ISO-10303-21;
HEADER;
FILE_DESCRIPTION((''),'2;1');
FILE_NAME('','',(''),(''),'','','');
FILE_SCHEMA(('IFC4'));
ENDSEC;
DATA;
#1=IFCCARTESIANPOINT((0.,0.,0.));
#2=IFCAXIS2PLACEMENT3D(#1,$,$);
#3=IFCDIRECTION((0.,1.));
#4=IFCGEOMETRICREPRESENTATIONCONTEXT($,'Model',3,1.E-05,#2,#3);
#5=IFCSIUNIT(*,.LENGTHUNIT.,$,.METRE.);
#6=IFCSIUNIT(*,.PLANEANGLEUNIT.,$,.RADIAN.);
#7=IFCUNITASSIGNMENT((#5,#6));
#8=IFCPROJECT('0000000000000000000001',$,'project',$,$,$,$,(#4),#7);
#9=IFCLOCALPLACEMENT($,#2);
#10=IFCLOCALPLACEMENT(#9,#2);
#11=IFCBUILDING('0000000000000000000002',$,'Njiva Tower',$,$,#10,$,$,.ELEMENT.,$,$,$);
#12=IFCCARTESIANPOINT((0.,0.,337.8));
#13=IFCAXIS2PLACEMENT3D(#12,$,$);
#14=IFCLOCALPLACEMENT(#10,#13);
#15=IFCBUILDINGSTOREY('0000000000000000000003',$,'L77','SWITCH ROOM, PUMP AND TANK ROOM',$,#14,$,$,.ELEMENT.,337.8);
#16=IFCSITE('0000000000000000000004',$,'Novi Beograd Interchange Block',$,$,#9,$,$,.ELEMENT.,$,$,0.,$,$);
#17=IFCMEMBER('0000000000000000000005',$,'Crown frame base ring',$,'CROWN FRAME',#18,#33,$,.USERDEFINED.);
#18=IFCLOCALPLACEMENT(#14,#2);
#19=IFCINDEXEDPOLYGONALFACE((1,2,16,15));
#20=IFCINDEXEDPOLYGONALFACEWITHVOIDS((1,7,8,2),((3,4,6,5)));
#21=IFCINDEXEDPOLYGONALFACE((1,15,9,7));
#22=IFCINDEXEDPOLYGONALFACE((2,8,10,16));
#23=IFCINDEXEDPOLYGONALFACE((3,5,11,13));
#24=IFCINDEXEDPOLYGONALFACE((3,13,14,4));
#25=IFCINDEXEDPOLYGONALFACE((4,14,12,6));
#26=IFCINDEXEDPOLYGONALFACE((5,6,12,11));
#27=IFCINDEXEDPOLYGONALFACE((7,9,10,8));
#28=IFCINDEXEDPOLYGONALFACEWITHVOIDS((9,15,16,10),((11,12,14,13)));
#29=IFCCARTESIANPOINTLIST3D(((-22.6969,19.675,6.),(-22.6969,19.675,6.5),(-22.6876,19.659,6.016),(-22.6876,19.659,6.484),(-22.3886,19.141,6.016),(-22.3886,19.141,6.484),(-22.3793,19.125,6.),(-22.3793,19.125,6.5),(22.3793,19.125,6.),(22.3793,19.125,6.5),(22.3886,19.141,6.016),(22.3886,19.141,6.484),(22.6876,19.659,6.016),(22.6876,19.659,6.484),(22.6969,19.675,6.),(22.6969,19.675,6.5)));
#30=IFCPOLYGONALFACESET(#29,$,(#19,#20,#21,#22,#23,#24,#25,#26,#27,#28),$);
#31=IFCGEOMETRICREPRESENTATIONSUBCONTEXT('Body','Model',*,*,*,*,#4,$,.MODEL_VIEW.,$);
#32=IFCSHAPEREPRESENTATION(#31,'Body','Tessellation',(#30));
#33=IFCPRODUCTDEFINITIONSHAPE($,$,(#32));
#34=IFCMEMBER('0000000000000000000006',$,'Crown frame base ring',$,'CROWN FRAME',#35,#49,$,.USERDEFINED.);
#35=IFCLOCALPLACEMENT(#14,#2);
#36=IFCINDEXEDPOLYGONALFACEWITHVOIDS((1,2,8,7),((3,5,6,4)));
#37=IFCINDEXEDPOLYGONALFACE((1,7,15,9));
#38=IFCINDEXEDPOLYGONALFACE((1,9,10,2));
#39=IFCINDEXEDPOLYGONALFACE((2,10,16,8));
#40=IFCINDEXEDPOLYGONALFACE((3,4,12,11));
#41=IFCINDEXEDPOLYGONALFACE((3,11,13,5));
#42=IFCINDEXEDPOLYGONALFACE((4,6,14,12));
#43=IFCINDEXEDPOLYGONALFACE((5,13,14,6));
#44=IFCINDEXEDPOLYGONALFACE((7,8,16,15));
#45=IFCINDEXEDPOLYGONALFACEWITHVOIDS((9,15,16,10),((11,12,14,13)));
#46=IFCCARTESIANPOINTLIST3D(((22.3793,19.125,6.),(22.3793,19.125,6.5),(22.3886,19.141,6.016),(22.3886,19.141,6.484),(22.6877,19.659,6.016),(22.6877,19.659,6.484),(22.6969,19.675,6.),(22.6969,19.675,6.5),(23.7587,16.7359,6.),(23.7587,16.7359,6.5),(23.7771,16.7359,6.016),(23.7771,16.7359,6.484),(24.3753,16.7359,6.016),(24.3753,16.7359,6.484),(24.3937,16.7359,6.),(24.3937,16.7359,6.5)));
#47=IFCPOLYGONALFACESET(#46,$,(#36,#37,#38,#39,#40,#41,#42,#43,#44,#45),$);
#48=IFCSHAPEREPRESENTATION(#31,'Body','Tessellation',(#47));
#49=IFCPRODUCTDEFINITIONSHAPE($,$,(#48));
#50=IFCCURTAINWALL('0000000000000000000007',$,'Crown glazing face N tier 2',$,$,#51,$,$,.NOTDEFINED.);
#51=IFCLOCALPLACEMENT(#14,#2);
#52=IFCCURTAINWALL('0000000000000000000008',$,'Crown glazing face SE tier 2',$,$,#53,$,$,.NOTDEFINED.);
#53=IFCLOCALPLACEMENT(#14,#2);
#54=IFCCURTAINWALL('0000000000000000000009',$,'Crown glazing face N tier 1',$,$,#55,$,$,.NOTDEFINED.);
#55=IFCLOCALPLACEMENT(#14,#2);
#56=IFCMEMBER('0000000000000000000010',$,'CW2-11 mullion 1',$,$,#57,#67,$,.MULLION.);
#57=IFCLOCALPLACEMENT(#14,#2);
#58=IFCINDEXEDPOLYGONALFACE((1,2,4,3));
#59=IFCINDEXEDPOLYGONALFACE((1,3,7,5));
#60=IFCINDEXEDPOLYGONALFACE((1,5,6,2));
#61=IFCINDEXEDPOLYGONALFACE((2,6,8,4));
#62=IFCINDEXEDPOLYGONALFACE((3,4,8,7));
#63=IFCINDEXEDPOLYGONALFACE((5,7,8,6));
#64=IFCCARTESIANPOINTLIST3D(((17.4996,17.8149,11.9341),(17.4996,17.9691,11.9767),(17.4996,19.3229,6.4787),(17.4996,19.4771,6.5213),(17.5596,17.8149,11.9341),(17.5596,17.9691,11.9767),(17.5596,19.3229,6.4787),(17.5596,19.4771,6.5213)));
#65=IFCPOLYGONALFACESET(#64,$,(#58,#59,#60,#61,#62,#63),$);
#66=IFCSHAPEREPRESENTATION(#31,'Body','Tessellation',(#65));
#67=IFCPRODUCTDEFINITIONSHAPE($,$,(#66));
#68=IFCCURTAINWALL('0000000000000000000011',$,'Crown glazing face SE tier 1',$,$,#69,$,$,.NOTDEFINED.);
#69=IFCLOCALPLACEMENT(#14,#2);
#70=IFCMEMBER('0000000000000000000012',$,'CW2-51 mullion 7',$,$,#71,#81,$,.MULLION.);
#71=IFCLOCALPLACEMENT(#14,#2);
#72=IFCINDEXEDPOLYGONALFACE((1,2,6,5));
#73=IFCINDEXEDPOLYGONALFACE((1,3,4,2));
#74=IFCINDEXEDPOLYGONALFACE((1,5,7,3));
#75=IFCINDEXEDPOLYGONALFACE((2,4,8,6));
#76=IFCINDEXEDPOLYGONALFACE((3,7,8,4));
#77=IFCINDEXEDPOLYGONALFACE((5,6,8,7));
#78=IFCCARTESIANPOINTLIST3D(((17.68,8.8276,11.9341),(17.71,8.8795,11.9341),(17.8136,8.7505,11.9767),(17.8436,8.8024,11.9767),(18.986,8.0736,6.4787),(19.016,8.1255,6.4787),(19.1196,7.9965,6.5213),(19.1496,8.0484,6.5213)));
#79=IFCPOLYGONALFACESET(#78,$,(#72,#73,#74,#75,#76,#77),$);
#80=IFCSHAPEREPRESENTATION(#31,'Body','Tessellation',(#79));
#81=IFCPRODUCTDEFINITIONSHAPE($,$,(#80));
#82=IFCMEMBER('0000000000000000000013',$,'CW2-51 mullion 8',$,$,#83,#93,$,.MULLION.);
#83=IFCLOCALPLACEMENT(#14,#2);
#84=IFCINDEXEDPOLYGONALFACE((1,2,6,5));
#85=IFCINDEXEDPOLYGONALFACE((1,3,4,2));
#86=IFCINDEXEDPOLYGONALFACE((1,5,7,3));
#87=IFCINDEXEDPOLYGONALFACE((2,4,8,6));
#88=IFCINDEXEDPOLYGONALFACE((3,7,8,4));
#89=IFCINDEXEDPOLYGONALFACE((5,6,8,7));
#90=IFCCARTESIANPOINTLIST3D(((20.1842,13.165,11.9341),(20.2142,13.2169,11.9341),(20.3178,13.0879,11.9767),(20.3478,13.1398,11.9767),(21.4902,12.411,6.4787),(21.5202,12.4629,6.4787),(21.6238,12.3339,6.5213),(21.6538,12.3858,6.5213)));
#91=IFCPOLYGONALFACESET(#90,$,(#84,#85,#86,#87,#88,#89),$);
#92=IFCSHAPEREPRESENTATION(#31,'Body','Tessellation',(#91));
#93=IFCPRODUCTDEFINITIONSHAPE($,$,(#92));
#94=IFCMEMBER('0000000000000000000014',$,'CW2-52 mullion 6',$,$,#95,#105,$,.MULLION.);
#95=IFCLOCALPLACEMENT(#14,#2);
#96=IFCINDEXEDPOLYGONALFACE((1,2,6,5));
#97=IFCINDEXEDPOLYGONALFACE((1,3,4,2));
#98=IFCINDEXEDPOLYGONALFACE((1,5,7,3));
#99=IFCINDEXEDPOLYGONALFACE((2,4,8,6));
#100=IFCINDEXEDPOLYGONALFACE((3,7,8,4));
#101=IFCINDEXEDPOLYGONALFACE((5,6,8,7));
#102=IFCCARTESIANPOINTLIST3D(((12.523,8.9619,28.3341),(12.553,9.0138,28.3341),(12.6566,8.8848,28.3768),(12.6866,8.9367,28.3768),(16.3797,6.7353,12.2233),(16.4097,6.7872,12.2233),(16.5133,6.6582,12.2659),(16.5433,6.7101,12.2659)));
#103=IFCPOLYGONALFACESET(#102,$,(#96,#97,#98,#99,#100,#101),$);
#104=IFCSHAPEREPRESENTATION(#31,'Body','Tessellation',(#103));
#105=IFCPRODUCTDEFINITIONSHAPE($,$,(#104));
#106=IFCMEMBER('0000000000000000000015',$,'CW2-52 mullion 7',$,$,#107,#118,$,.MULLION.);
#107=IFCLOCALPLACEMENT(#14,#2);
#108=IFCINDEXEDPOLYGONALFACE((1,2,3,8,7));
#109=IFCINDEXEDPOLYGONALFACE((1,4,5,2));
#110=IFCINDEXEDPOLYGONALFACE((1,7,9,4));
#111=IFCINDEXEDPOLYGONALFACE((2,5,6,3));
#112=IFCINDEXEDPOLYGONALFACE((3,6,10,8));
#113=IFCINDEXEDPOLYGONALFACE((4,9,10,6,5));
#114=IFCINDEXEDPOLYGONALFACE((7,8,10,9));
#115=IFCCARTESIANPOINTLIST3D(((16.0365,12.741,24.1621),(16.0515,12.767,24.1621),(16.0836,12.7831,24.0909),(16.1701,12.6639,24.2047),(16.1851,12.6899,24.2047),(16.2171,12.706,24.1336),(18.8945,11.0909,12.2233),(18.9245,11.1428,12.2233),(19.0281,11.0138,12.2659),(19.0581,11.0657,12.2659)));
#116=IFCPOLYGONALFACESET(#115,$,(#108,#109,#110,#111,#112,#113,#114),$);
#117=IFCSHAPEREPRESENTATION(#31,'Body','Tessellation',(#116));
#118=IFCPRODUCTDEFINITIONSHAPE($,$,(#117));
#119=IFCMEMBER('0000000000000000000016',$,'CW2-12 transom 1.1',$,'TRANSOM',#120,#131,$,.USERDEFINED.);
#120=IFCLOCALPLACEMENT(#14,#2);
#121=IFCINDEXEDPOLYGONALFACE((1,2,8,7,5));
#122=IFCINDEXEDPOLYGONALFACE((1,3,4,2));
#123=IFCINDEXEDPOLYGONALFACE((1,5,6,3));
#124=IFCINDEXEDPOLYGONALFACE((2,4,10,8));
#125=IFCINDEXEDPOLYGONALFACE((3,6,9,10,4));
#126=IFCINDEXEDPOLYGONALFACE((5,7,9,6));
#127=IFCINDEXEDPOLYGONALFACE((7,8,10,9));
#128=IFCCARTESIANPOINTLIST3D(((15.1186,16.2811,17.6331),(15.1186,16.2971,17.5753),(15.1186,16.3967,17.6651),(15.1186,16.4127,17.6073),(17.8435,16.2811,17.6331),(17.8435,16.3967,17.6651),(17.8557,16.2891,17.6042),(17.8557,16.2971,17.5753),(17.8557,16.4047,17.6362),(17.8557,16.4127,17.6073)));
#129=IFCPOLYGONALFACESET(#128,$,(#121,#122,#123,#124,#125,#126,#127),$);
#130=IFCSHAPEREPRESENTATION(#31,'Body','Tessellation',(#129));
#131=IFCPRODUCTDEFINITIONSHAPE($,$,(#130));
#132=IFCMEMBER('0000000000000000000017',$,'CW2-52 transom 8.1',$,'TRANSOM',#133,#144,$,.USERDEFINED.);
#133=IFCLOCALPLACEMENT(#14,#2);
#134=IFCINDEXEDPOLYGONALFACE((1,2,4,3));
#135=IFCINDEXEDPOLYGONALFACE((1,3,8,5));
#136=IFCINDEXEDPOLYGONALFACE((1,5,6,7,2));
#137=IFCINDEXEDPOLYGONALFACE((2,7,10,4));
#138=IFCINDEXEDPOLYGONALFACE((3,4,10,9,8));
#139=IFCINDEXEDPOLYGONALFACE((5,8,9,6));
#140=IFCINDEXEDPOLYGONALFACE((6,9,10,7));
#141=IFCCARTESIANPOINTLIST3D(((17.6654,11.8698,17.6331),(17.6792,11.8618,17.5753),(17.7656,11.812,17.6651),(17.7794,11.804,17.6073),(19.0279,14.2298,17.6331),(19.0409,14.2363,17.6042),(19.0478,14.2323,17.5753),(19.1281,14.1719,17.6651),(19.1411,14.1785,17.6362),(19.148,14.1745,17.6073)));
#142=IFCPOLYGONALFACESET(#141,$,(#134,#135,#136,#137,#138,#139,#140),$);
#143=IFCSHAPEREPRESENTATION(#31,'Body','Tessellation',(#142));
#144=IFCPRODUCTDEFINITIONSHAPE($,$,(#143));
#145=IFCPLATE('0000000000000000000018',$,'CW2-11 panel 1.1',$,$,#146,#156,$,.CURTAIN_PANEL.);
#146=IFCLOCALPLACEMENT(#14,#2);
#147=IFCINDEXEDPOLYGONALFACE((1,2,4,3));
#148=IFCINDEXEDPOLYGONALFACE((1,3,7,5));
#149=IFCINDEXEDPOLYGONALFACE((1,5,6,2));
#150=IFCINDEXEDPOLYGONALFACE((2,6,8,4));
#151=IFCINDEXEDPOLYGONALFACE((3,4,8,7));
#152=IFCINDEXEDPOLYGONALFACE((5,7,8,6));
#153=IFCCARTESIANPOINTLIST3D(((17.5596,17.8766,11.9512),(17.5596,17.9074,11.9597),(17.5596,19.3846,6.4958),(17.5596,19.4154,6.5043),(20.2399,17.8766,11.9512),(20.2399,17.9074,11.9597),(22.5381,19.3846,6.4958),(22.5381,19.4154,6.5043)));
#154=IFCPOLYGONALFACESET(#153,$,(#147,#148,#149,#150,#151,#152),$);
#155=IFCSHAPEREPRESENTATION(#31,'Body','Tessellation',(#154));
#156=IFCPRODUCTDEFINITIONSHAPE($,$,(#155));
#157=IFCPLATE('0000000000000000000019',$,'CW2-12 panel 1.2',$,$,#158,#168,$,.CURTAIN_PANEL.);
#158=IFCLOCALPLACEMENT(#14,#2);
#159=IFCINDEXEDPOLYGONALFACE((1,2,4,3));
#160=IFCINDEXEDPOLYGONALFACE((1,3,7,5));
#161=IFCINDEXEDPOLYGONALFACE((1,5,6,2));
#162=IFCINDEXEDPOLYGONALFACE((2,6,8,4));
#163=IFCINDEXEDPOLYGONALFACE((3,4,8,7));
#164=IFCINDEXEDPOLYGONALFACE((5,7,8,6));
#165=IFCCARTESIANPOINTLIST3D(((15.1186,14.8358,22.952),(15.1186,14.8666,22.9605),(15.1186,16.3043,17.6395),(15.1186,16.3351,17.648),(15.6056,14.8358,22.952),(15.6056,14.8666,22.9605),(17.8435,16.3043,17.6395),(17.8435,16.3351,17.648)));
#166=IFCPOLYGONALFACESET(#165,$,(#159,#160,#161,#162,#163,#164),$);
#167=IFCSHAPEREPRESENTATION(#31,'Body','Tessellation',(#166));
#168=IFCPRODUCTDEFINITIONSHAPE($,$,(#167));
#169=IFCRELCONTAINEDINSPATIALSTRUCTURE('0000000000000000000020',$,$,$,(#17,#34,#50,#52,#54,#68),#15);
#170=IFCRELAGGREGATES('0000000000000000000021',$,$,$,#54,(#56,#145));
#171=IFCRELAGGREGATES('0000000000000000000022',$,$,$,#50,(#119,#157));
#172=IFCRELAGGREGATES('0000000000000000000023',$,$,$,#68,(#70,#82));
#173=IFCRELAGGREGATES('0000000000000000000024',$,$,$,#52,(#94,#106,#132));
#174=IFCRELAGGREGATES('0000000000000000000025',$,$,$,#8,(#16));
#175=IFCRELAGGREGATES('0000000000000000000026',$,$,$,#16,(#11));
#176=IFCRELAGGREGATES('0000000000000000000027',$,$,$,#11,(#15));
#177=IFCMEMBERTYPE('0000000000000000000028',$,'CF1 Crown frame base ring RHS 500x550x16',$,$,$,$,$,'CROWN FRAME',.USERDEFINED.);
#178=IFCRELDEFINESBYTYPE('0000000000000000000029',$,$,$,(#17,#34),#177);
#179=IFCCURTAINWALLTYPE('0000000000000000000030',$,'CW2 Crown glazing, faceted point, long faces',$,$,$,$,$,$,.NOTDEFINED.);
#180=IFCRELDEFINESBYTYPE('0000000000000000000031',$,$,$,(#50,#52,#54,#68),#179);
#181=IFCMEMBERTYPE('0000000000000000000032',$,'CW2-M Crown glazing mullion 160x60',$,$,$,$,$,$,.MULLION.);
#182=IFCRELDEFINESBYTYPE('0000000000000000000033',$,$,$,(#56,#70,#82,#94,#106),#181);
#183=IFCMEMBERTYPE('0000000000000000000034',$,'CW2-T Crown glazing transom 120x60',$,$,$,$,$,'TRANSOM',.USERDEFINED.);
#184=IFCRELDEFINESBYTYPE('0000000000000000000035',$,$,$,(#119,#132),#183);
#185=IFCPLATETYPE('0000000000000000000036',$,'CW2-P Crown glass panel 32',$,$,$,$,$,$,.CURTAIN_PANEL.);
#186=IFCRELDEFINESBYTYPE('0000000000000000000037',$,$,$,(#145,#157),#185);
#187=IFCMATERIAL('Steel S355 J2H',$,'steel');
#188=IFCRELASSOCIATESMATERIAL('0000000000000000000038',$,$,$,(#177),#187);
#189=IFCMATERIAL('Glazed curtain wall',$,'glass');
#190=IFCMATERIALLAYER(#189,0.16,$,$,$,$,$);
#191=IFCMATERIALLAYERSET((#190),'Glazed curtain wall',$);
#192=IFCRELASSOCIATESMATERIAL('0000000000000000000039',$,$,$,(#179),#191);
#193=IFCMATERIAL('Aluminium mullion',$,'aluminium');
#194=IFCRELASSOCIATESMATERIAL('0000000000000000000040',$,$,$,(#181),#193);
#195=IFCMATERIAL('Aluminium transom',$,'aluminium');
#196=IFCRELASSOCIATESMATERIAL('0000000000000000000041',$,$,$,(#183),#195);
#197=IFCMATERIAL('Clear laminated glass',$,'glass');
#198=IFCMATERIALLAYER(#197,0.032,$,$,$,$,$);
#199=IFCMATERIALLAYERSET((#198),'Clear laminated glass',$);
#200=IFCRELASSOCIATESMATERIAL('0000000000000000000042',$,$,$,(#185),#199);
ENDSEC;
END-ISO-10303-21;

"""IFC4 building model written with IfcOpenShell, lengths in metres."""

from ifc_helpers import new_model, si_unit, direction, frame, origin, origin_2d, place, context, subcontext, project, spatial, polyline, rectangle, hollow_rectangle, outline, extrude, clip, halfspace, material, layer, layer_set, material_profile, profile_set, type_object, element, aggregate, save


model = new_model("IFC4")

# Units and contexts
model_context = context("Model", 3, precision=1e-05, world=origin(), true_north=direction((0.0, 1.0)))
body_context = subcontext(model_context, "Body", "Model", "MODEL_VIEW")
ifc_project = project(units=[si_unit("LENGTHUNIT", "METRE"), si_unit("PLANEANGLEUNIT", "RADIAN")], contexts=[model_context])

# Site, building, storey
site_placement = place(None, origin())
site = spatial("IfcSite", under=ifc_project, at=site_placement, Name="Novi Beograd Interchange Block", CompositionType="ELEMENT", RefElevation=0.0)
building_placement = place(site_placement, origin())
building = spatial("IfcBuilding", under=site, at=building_placement, Name="Njiva Tower", CompositionType="ELEMENT")
storey_placement = place(building_placement, frame((0.0, 0.0, 337.8)))
storey = spatial("IfcBuildingStorey", under=building, at=storey_placement, Name="L77", Description="SWITCH ROOM, PUMP AND TANK ROOM", CompositionType="ELEMENT", Elevation=337.8)

# Members
ifc_material_1 = material(Name="Steel S355 J2H", Category="steel")
ifc_material_profile_1 = material_profile(ifc_material_1, hollow_rectangle(XDim=0.55, YDim=0.5, WallThickness=0.016, at=origin_2d()), Name="BOX 500x550x16")
ifc_profile_set_1 = profile_set([ifc_material_profile_1], Name="Steel S355 J2H")
member_type_1 = type_object("IfcMemberType", Name="CF1 Crown frame base ring RHS 500x550x16", ElementType="CROWN FRAME", PredefinedType="USERDEFINED", material=ifc_profile_set_1)
member_1_placement = place(storey_placement, frame((23.1381, 19.4, 6.25), z_axis=(-1.0, 0.0, 0.0), x_axis=(0.0, -1.0, 0.0)))
element("IfcMember", 1, at=member_1_placement, inside=storey, type_object=member_type_1, Name="Crown frame base ring", ObjectType="CROWN FRAME", PredefinedType="USERDEFINED", context=body_context, shape_type="Clipping", body=[
    clip(clip(extrude(hollow_rectangle(XDim=0.55, YDim=0.5, WallThickness=0.016, at=origin_2d()), origin(), (0.0, 0.0, 1.0), 46.2762), halfspace(frame((0.0, 0.0, 0.6), z_axis=(0.5, 0.0, -0.866025), x_axis=(0.0, -1.0, 0.0)), False)), halfspace(frame((0.0, 0.0, 45.6762), z_axis=(0.5, 0.0, 0.866025), x_axis=(0.0, 1.0, 0.0)), False)),
])
member_2_placement = place(storey_placement, frame((24.3762, 16.2163, 6.25), z_axis=(-0.499995, 0.866028, 0.0), x_axis=(-0.866028, -0.499995, 0.0)))
element("IfcMember", 2, at=member_2_placement, inside=storey, type_object=member_type_1, Name="Crown frame base ring", ObjectType="CROWN FRAME", PredefinedType="USERDEFINED", context=body_context, shape_type="Clipping", body=[
    clip(clip(extrude(hollow_rectangle(XDim=0.55, YDim=0.5, WallThickness=0.016, at=origin_2d()), origin(), (0.0, 0.0, 1.0), 4.2762), halfspace(frame((0.0, 0.0, 0.6), z_axis=(0.499995, 0.0, -0.866028), x_axis=(0.0, -1.0, 0.0)), False)), halfspace(frame((0.0, 0.0, 3.6762), z_axis=(0.500005, 0.0, 0.866023), x_axis=(0.0, 1.0, 0.0)), False)),
])

# Curtain walls, member
ifc_material_2 = material(Name="Glazed curtain wall", Category="glass")
ifc_layer_1 = layer(ifc_material_2, 0.16)
ifc_layer_set_1 = layer_set([ifc_layer_1], Name="Glazed curtain wall")
curtain_wall_type_1 = type_object("IfcCurtainWallType", Name="CW2 Crown glazing, faceted point, long faces", PredefinedType="NOTDEFINED", material=ifc_layer_set_1)
curtain_wall_1_placement = place(storey_placement, origin())
curtain_wall_1 = element("IfcCurtainWall", 3, at=curtain_wall_1_placement, inside=storey, type_object=curtain_wall_type_1, Name="Crown glazing face N tier 2", PredefinedType="NOTDEFINED")
curtain_wall_2_placement = place(storey_placement, origin())
curtain_wall_2 = element("IfcCurtainWall", 4, at=curtain_wall_2_placement, inside=storey, type_object=curtain_wall_type_1, Name="Crown glazing face SE tier 2", PredefinedType="NOTDEFINED")
curtain_wall_3_placement = place(storey_placement, origin())
curtain_wall_3 = element("IfcCurtainWall", 5, at=curtain_wall_3_placement, inside=storey, type_object=curtain_wall_type_1, Name="Crown glazing face N tier 1", PredefinedType="NOTDEFINED")
ifc_material_3 = material(Name="Aluminium mullion", Category="aluminium")
ifc_material_profile_2 = material_profile(ifc_material_3, rectangle(XDim=0.16, YDim=0.06, at=origin_2d()), Name="RECT 160x60")
ifc_profile_set_2 = profile_set([ifc_material_profile_2], Name="Aluminium mullion")
member_type_2 = type_object("IfcMemberType", Name="CW2-M Crown glazing mullion 160x60", PredefinedType="MULLION", material=ifc_profile_set_2)
member_3_placement = place(storey_placement, frame((17.5296, 19.4, 6.5), z_axis=(0.0, -0.266432, 0.963854), x_axis=(0.0, 0.963854, 0.266432)))
member_3 = element("IfcMember", 6, at=member_3_placement, type_object=member_type_2, Name="CW2-11 mullion 1", PredefinedType="MULLION", context=body_context, shape_type="Clipping", body=[
    clip(clip(extrude(rectangle(XDim=0.16, YDim=0.06, at=origin_2d()), origin(), (0.0, 0.0, 1.0), 5.66), halfspace(frame((0.08, 0.0, 0.0), z_axis=(-0.000003, 0.0, -1.0), x_axis=(0.0, -1.0, 0.0)), False)), halfspace(frame((0.08, 0.0, 5.66), z_axis=(0.000003, 0.0, 1.0), x_axis=(0.0, 1.0, 0.0)), False)),
])

# Curtain wall, members
curtain_wall_4_placement = place(storey_placement, origin())
curtain_wall_4 = element("IfcCurtainWall", 7, at=curtain_wall_4_placement, inside=storey, type_object=curtain_wall_type_1, Name="Crown glazing face SE tier 1", PredefinedType="NOTDEFINED")
member_4_placement = place(storey_placement, frame((19.0678, 8.061, 6.5), z_axis=(-0.230742, 0.133216, 0.963852), x_axis=(0.834726, -0.481917, 0.266436)))
member_4 = element("IfcMember", 8, at=member_4_placement, type_object=member_type_2, Name="CW2-51 mullion 7", PredefinedType="MULLION", context=body_context, shape_type="Clipping", body=[
    clip(clip(extrude(rectangle(XDim=0.16, YDim=0.06, at=origin_2d()), origin(), (0.0, 0.0, 1.0), 5.66), halfspace(frame((0.08, 0.0, 0.0), z_axis=(-0.000008, -0.000003, -1.0), x_axis=(0.0, -1.0, 0.000003)), False)), halfspace(frame((0.08, 0.0, 5.66), z_axis=(0.000008, 0.000003, 1.0), x_axis=(0.0, 1.0, -0.000003)), False)),
])
member_5_placement = place(storey_placement, frame((21.572, 12.3984, 6.5), z_axis=(-0.230742, 0.133216, 0.963852), x_axis=(0.834726, -0.481917, 0.266436)))
member_5 = element("IfcMember", 9, at=member_5_placement, type_object=member_type_2, Name="CW2-51 mullion 8", PredefinedType="MULLION", context=body_context, shape_type="Clipping", body=[
    clip(clip(extrude(rectangle(XDim=0.16, YDim=0.06, at=origin_2d()), origin(), (0.0, 0.0, 1.0), 5.66), halfspace(frame((0.08, 0.0, 0.0), z_axis=(-0.000008, -0.000003, -1.0), x_axis=(0.0, -1.0, 0.000003)), False)), halfspace(frame((0.08, 0.0, 5.66), z_axis=(0.000008, 0.000003, 1.0), x_axis=(0.0, 1.0, -0.000003)), False)),
])

# Members
member_6_placement = place(storey_placement, frame((16.4615, 6.7227, 12.2446), z_axis=(-0.230733, 0.13321, 0.963855), x_axis=(0.834729, -0.481917, 0.266426)))
member_6 = element("IfcMember", 10, at=member_6_placement, type_object=member_type_2, Name="CW2-52 mullion 6", PredefinedType="MULLION", context=body_context, shape_type="Clipping", body=[
    clip(clip(extrude(rectangle(XDim=0.16, YDim=0.06, at=origin_2d()), origin(), (0.0, 0.0, 1.0), 16.715), halfspace(frame((0.08, 0.0, 0.0), z_axis=(0.000002, -0.000003, -1.0), x_axis=(0.0, -1.0, 0.000003)), False)), halfspace(frame((0.08, 0.0, 16.715), z_axis=(-0.000002, 0.000003, 1.0), x_axis=(0.0, 1.0, -0.000003)), False)),
])
member_7_placement = place(storey_placement, frame((18.9763, 11.0783, 12.2446), z_axis=(-0.230735, 0.133217, 0.963854), x_axis=(0.834718, -0.481934, 0.266431)))
member_7 = element("IfcMember", 11, at=member_7_placement, type_object=member_type_2, Name="CW2-52 mullion 7", PredefinedType="MULLION", context=body_context, shape_type="Clipping", body=[
    clip(clip(extrude(rectangle(XDim=0.16, YDim=0.06, at=origin_2d()), origin(), (0.0, 0.0, 1.0), 12.3865), halfspace(frame((0.08, 0.0, 0.0), z_axis=(-0.000002, 0.000002, -1.0), x_axis=(0.0, -1.0, -0.000002)), False)), halfspace(frame((0.08, 0.0, 12.3866), z_axis=(-0.000007, 0.926532, 0.376217), x_axis=(0.0, 0.376217, -0.926532)), False)),
])
ifc_material_4 = material(Name="Aluminium transom", Category="aluminium")
ifc_material_profile_3 = material_profile(ifc_material_4, rectangle(XDim=0.12, YDim=0.06, at=origin_2d()), Name="RECT 120x60")
ifc_profile_set_3 = profile_set([ifc_material_profile_3], Name="Aluminium transom")
member_type_3 = type_object("IfcMemberType", Name="CW2-T Crown glazing transom 120x60", ElementType="TRANSOM", PredefinedType="USERDEFINED", material=ifc_profile_set_3)
member_8_placement = place(storey_placement, frame((17.8557, 16.3469, 17.6202), z_axis=(-1.0, 0.0, 0.0), x_axis=(0.0, 0.963855, 0.266428)))
member_8 = element("IfcMember", 12, at=member_8_placement, type_object=member_type_3, Name="CW2-12 transom 1.1", ObjectType="TRANSOM", PredefinedType="USERDEFINED", context=body_context, shape_type="Clipping", body=[
    clip(extrude(rectangle(XDim=0.12, YDim=0.06, at=origin_2d()), origin(), (0.0, 0.0, 1.0), 2.7371), halfspace(frame((0.06, 0.0, 0.0), z_axis=(0.0, -0.376215, -0.926532), x_axis=(0.0, -0.926532, 0.376215)), False)),
])
member_9_placement = place(storey_placement, frame((17.7224, 11.8369, 17.6202), z_axis=(0.499998, 0.866027, 0.0), x_axis=(0.834724, -0.481925, 0.266428)))
member_9 = element("IfcMember", 13, at=member_9_placement, type_object=member_type_3, Name="CW2-52 transom 8.1", ObjectType="TRANSOM", PredefinedType="USERDEFINED", context=body_context, shape_type="Clipping", body=[
    clip(extrude(rectangle(XDim=0.12, YDim=0.06, at=origin_2d()), origin(), (0.0, 0.0, 1.0), 2.7372), halfspace(frame((0.06, 0.0, 2.7372), z_axis=(0.000002, -0.376214, 0.926533), x_axis=(0.0, 0.926533, 0.376214)), False)),
])

# Plates
ifc_material_5 = material(Name="Clear laminated glass", Category="glass")
ifc_layer_2 = layer(ifc_material_5, 0.032)
ifc_layer_set_2 = layer_set([ifc_layer_2], Name="Clear laminated glass")
plate_type_1 = type_object("IfcPlateType", Name="CW2-P Crown glass panel 32", PredefinedType="CURTAIN_PANEL", material=ifc_layer_set_2)
plate_1_placement = place(storey_placement, frame((17.5596, 19.4154, 6.5043), z_axis=(0.0, 0.963854, 0.266432), x_axis=(0.0, -0.266432, 0.963854)))
plate_1 = element("IfcPlate", 14, at=plate_1_placement, type_object=plate_type_1, Name="CW2-11 panel 1.1", PredefinedType="CURTAIN_PANEL", context=body_context, shape_type="SweptSolid", body=[
    extrude(outline(polyline([(0.0, 0.0), (5.66, 0.0), (5.66, 2.6803), (0.0, 4.9785), (0.0, 0.0)])), origin(), (0.0, 0.0, -1.0), 0.032),
])
aggregate(curtain_wall_3, [member_3, plate_1])
plate_2_placement = place(storey_placement, frame((17.8435, 16.3351, 17.648), z_axis=(0.0, 0.963854, 0.266432), x_axis=(-1.0, 0.0, 0.0)))
plate_2 = element("IfcPlate", 15, at=plate_2_placement, type_object=plate_type_1, Name="CW2-12 panel 1.2", PredefinedType="CURTAIN_PANEL", context=body_context, shape_type="SweptSolid", body=[
    extrude(outline(polyline([(0.0, 0.0), (2.7249, 0.0), (2.7249, 5.5117), (2.2379, 5.5117), (0.0, 0.0)])), origin(), (0.0, 0.0, -1.0), 0.032),
])
aggregate(curtain_wall_1, [member_8, plate_2])
aggregate(curtain_wall_4, [member_4, member_5])
aggregate(curtain_wall_2, [member_6, member_7, member_9])

save(model, "model.ifc")
